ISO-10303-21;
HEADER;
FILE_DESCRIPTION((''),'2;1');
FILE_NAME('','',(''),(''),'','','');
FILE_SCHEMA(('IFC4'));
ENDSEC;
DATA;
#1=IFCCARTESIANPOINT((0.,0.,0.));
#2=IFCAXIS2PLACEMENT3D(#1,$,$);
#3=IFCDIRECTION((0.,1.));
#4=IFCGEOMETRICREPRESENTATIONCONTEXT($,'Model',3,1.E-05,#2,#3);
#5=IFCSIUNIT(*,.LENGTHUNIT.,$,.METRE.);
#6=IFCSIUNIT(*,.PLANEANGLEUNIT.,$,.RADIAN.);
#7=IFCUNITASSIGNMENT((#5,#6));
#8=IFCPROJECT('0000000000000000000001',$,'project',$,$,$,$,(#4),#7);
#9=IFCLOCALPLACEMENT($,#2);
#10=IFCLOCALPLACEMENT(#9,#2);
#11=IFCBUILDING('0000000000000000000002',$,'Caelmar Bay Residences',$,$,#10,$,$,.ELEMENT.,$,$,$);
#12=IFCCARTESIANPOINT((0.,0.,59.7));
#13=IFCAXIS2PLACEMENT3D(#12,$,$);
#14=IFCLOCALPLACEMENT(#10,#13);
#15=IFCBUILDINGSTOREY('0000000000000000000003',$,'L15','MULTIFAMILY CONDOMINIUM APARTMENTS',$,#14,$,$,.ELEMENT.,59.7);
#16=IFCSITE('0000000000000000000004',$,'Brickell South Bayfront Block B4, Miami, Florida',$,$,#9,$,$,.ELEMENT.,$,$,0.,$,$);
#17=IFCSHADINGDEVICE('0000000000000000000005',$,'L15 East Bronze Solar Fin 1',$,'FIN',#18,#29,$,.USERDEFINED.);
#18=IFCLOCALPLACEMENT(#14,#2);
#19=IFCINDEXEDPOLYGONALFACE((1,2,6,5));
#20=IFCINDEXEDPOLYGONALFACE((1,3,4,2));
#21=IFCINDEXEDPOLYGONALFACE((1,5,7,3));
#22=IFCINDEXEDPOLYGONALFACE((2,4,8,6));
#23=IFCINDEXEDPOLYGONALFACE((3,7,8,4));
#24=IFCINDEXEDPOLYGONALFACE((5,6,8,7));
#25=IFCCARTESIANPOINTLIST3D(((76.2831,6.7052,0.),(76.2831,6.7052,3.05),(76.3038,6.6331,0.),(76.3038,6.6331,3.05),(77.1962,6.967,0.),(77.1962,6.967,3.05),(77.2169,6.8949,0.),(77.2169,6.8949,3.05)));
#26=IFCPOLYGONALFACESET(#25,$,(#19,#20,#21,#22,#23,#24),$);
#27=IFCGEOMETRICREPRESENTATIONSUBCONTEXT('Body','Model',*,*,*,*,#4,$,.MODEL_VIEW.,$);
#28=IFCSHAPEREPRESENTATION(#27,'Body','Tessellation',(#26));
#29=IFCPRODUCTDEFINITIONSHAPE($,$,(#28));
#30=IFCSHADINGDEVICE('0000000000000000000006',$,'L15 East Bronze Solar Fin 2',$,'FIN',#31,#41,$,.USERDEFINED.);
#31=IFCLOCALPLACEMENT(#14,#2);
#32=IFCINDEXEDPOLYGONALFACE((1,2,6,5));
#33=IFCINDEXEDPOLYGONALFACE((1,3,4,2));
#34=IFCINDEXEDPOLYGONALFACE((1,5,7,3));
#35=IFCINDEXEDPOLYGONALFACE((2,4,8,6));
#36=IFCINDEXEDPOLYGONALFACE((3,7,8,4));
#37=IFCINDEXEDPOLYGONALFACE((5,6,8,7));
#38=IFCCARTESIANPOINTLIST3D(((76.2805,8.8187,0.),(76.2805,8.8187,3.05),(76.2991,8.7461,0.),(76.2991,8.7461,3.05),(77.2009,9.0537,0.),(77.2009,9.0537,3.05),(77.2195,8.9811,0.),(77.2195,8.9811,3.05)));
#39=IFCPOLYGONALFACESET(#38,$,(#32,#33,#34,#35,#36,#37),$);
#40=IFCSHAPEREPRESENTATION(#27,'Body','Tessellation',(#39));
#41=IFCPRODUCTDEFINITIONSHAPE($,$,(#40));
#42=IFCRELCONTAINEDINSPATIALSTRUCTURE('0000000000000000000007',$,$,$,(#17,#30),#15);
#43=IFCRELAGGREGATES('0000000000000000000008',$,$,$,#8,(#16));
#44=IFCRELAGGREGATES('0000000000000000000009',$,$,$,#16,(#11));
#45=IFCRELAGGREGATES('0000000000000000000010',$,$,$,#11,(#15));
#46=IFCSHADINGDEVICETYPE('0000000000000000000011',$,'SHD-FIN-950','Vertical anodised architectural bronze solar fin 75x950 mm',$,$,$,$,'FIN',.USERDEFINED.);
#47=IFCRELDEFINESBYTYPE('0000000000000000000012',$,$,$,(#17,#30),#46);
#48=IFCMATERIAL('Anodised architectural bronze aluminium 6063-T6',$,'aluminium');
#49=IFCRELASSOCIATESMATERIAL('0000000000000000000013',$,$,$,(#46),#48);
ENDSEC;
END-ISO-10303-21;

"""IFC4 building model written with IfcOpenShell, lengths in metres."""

from ifc_helpers import new_model, si_unit, direction, frame, origin, origin_2d, place, context, subcontext, project, spatial, rectangle, extrude, material, material_profile, profile_set, type_object, element, save


model = new_model("IFC4")

# Units and contexts
model_context = context("Model", 3, precision=1e-05, world=origin(), true_north=direction((0.0, 1.0)))
body_context = subcontext(model_context, "Body", "Model", "MODEL_VIEW")
ifc_project = project(units=[si_unit("LENGTHUNIT", "METRE"), si_unit("PLANEANGLEUNIT", "RADIAN")], contexts=[model_context])

# Site, building, storey
site_placement = place(None, origin())
site = spatial("IfcSite", under=ifc_project, at=site_placement, Name="Brickell South Bayfront Block B4, Miami, Florida", CompositionType="ELEMENT", RefElevation=0.0)
building_placement = place(site_placement, origin())
building = spatial("IfcBuilding", under=site, at=building_placement, Name="Caelmar Bay Residences", CompositionType="ELEMENT")
storey_placement = place(building_placement, frame((0.0, 0.0, 59.7)))
storey = spatial("IfcBuildingStorey", under=building, at=storey_placement, Name="L15", Description="MULTIFAMILY CONDOMINIUM APARTMENTS", CompositionType="ELEMENT", Elevation=59.7)

# Shading devices
ifc_material_1 = material(Name="Anodised architectural bronze aluminium 6063-T6", Category="aluminium")
ifc_material_profile_1 = material_profile(ifc_material_1, rectangle(XDim=0.075, YDim=0.95, at=origin_2d()), Name="BRONZE-FIN-75X950")
ifc_profile_set_1 = profile_set([ifc_material_profile_1], Name="Anodised architectural bronze aluminium 6063-T6")
shading_device_type = type_object("IfcShadingDeviceType", Name="SHD-FIN-950", Description="Vertical anodised architectural bronze solar fin 75x950 mm", ElementType="FIN", PredefinedType="USERDEFINED", material=ifc_profile_set_1)
for number, where, z_axis, x_axis, name in (
    (1, (76.75, 6.8, 0.0), (0.0, 0.0, 1.0), (-0.275637, 0.961262, 0.0), "L15 East Bronze Solar Fin 1"),
    (2, (76.75, 8.8999, 0.0), (0.0, 0.0, 1.0), (-0.247337, 0.968929, 0.0), "L15 East Bronze Solar Fin 2"),
):
    element("IfcShadingDevice", number, at=place(storey_placement, frame(where, z_axis=z_axis, x_axis=x_axis)), inside=storey, type_object=shading_device_type, Name=name, ObjectType="FIN", PredefinedType="USERDEFINED", context=body_context, shape_type="SweptSolid", body=[
        extrude(rectangle(XDim=0.075, YDim=0.95, at=origin_2d()), origin(), (0.0, 0.0, 1.0), 3.05),
    ])

save(model, "model.ifc")
